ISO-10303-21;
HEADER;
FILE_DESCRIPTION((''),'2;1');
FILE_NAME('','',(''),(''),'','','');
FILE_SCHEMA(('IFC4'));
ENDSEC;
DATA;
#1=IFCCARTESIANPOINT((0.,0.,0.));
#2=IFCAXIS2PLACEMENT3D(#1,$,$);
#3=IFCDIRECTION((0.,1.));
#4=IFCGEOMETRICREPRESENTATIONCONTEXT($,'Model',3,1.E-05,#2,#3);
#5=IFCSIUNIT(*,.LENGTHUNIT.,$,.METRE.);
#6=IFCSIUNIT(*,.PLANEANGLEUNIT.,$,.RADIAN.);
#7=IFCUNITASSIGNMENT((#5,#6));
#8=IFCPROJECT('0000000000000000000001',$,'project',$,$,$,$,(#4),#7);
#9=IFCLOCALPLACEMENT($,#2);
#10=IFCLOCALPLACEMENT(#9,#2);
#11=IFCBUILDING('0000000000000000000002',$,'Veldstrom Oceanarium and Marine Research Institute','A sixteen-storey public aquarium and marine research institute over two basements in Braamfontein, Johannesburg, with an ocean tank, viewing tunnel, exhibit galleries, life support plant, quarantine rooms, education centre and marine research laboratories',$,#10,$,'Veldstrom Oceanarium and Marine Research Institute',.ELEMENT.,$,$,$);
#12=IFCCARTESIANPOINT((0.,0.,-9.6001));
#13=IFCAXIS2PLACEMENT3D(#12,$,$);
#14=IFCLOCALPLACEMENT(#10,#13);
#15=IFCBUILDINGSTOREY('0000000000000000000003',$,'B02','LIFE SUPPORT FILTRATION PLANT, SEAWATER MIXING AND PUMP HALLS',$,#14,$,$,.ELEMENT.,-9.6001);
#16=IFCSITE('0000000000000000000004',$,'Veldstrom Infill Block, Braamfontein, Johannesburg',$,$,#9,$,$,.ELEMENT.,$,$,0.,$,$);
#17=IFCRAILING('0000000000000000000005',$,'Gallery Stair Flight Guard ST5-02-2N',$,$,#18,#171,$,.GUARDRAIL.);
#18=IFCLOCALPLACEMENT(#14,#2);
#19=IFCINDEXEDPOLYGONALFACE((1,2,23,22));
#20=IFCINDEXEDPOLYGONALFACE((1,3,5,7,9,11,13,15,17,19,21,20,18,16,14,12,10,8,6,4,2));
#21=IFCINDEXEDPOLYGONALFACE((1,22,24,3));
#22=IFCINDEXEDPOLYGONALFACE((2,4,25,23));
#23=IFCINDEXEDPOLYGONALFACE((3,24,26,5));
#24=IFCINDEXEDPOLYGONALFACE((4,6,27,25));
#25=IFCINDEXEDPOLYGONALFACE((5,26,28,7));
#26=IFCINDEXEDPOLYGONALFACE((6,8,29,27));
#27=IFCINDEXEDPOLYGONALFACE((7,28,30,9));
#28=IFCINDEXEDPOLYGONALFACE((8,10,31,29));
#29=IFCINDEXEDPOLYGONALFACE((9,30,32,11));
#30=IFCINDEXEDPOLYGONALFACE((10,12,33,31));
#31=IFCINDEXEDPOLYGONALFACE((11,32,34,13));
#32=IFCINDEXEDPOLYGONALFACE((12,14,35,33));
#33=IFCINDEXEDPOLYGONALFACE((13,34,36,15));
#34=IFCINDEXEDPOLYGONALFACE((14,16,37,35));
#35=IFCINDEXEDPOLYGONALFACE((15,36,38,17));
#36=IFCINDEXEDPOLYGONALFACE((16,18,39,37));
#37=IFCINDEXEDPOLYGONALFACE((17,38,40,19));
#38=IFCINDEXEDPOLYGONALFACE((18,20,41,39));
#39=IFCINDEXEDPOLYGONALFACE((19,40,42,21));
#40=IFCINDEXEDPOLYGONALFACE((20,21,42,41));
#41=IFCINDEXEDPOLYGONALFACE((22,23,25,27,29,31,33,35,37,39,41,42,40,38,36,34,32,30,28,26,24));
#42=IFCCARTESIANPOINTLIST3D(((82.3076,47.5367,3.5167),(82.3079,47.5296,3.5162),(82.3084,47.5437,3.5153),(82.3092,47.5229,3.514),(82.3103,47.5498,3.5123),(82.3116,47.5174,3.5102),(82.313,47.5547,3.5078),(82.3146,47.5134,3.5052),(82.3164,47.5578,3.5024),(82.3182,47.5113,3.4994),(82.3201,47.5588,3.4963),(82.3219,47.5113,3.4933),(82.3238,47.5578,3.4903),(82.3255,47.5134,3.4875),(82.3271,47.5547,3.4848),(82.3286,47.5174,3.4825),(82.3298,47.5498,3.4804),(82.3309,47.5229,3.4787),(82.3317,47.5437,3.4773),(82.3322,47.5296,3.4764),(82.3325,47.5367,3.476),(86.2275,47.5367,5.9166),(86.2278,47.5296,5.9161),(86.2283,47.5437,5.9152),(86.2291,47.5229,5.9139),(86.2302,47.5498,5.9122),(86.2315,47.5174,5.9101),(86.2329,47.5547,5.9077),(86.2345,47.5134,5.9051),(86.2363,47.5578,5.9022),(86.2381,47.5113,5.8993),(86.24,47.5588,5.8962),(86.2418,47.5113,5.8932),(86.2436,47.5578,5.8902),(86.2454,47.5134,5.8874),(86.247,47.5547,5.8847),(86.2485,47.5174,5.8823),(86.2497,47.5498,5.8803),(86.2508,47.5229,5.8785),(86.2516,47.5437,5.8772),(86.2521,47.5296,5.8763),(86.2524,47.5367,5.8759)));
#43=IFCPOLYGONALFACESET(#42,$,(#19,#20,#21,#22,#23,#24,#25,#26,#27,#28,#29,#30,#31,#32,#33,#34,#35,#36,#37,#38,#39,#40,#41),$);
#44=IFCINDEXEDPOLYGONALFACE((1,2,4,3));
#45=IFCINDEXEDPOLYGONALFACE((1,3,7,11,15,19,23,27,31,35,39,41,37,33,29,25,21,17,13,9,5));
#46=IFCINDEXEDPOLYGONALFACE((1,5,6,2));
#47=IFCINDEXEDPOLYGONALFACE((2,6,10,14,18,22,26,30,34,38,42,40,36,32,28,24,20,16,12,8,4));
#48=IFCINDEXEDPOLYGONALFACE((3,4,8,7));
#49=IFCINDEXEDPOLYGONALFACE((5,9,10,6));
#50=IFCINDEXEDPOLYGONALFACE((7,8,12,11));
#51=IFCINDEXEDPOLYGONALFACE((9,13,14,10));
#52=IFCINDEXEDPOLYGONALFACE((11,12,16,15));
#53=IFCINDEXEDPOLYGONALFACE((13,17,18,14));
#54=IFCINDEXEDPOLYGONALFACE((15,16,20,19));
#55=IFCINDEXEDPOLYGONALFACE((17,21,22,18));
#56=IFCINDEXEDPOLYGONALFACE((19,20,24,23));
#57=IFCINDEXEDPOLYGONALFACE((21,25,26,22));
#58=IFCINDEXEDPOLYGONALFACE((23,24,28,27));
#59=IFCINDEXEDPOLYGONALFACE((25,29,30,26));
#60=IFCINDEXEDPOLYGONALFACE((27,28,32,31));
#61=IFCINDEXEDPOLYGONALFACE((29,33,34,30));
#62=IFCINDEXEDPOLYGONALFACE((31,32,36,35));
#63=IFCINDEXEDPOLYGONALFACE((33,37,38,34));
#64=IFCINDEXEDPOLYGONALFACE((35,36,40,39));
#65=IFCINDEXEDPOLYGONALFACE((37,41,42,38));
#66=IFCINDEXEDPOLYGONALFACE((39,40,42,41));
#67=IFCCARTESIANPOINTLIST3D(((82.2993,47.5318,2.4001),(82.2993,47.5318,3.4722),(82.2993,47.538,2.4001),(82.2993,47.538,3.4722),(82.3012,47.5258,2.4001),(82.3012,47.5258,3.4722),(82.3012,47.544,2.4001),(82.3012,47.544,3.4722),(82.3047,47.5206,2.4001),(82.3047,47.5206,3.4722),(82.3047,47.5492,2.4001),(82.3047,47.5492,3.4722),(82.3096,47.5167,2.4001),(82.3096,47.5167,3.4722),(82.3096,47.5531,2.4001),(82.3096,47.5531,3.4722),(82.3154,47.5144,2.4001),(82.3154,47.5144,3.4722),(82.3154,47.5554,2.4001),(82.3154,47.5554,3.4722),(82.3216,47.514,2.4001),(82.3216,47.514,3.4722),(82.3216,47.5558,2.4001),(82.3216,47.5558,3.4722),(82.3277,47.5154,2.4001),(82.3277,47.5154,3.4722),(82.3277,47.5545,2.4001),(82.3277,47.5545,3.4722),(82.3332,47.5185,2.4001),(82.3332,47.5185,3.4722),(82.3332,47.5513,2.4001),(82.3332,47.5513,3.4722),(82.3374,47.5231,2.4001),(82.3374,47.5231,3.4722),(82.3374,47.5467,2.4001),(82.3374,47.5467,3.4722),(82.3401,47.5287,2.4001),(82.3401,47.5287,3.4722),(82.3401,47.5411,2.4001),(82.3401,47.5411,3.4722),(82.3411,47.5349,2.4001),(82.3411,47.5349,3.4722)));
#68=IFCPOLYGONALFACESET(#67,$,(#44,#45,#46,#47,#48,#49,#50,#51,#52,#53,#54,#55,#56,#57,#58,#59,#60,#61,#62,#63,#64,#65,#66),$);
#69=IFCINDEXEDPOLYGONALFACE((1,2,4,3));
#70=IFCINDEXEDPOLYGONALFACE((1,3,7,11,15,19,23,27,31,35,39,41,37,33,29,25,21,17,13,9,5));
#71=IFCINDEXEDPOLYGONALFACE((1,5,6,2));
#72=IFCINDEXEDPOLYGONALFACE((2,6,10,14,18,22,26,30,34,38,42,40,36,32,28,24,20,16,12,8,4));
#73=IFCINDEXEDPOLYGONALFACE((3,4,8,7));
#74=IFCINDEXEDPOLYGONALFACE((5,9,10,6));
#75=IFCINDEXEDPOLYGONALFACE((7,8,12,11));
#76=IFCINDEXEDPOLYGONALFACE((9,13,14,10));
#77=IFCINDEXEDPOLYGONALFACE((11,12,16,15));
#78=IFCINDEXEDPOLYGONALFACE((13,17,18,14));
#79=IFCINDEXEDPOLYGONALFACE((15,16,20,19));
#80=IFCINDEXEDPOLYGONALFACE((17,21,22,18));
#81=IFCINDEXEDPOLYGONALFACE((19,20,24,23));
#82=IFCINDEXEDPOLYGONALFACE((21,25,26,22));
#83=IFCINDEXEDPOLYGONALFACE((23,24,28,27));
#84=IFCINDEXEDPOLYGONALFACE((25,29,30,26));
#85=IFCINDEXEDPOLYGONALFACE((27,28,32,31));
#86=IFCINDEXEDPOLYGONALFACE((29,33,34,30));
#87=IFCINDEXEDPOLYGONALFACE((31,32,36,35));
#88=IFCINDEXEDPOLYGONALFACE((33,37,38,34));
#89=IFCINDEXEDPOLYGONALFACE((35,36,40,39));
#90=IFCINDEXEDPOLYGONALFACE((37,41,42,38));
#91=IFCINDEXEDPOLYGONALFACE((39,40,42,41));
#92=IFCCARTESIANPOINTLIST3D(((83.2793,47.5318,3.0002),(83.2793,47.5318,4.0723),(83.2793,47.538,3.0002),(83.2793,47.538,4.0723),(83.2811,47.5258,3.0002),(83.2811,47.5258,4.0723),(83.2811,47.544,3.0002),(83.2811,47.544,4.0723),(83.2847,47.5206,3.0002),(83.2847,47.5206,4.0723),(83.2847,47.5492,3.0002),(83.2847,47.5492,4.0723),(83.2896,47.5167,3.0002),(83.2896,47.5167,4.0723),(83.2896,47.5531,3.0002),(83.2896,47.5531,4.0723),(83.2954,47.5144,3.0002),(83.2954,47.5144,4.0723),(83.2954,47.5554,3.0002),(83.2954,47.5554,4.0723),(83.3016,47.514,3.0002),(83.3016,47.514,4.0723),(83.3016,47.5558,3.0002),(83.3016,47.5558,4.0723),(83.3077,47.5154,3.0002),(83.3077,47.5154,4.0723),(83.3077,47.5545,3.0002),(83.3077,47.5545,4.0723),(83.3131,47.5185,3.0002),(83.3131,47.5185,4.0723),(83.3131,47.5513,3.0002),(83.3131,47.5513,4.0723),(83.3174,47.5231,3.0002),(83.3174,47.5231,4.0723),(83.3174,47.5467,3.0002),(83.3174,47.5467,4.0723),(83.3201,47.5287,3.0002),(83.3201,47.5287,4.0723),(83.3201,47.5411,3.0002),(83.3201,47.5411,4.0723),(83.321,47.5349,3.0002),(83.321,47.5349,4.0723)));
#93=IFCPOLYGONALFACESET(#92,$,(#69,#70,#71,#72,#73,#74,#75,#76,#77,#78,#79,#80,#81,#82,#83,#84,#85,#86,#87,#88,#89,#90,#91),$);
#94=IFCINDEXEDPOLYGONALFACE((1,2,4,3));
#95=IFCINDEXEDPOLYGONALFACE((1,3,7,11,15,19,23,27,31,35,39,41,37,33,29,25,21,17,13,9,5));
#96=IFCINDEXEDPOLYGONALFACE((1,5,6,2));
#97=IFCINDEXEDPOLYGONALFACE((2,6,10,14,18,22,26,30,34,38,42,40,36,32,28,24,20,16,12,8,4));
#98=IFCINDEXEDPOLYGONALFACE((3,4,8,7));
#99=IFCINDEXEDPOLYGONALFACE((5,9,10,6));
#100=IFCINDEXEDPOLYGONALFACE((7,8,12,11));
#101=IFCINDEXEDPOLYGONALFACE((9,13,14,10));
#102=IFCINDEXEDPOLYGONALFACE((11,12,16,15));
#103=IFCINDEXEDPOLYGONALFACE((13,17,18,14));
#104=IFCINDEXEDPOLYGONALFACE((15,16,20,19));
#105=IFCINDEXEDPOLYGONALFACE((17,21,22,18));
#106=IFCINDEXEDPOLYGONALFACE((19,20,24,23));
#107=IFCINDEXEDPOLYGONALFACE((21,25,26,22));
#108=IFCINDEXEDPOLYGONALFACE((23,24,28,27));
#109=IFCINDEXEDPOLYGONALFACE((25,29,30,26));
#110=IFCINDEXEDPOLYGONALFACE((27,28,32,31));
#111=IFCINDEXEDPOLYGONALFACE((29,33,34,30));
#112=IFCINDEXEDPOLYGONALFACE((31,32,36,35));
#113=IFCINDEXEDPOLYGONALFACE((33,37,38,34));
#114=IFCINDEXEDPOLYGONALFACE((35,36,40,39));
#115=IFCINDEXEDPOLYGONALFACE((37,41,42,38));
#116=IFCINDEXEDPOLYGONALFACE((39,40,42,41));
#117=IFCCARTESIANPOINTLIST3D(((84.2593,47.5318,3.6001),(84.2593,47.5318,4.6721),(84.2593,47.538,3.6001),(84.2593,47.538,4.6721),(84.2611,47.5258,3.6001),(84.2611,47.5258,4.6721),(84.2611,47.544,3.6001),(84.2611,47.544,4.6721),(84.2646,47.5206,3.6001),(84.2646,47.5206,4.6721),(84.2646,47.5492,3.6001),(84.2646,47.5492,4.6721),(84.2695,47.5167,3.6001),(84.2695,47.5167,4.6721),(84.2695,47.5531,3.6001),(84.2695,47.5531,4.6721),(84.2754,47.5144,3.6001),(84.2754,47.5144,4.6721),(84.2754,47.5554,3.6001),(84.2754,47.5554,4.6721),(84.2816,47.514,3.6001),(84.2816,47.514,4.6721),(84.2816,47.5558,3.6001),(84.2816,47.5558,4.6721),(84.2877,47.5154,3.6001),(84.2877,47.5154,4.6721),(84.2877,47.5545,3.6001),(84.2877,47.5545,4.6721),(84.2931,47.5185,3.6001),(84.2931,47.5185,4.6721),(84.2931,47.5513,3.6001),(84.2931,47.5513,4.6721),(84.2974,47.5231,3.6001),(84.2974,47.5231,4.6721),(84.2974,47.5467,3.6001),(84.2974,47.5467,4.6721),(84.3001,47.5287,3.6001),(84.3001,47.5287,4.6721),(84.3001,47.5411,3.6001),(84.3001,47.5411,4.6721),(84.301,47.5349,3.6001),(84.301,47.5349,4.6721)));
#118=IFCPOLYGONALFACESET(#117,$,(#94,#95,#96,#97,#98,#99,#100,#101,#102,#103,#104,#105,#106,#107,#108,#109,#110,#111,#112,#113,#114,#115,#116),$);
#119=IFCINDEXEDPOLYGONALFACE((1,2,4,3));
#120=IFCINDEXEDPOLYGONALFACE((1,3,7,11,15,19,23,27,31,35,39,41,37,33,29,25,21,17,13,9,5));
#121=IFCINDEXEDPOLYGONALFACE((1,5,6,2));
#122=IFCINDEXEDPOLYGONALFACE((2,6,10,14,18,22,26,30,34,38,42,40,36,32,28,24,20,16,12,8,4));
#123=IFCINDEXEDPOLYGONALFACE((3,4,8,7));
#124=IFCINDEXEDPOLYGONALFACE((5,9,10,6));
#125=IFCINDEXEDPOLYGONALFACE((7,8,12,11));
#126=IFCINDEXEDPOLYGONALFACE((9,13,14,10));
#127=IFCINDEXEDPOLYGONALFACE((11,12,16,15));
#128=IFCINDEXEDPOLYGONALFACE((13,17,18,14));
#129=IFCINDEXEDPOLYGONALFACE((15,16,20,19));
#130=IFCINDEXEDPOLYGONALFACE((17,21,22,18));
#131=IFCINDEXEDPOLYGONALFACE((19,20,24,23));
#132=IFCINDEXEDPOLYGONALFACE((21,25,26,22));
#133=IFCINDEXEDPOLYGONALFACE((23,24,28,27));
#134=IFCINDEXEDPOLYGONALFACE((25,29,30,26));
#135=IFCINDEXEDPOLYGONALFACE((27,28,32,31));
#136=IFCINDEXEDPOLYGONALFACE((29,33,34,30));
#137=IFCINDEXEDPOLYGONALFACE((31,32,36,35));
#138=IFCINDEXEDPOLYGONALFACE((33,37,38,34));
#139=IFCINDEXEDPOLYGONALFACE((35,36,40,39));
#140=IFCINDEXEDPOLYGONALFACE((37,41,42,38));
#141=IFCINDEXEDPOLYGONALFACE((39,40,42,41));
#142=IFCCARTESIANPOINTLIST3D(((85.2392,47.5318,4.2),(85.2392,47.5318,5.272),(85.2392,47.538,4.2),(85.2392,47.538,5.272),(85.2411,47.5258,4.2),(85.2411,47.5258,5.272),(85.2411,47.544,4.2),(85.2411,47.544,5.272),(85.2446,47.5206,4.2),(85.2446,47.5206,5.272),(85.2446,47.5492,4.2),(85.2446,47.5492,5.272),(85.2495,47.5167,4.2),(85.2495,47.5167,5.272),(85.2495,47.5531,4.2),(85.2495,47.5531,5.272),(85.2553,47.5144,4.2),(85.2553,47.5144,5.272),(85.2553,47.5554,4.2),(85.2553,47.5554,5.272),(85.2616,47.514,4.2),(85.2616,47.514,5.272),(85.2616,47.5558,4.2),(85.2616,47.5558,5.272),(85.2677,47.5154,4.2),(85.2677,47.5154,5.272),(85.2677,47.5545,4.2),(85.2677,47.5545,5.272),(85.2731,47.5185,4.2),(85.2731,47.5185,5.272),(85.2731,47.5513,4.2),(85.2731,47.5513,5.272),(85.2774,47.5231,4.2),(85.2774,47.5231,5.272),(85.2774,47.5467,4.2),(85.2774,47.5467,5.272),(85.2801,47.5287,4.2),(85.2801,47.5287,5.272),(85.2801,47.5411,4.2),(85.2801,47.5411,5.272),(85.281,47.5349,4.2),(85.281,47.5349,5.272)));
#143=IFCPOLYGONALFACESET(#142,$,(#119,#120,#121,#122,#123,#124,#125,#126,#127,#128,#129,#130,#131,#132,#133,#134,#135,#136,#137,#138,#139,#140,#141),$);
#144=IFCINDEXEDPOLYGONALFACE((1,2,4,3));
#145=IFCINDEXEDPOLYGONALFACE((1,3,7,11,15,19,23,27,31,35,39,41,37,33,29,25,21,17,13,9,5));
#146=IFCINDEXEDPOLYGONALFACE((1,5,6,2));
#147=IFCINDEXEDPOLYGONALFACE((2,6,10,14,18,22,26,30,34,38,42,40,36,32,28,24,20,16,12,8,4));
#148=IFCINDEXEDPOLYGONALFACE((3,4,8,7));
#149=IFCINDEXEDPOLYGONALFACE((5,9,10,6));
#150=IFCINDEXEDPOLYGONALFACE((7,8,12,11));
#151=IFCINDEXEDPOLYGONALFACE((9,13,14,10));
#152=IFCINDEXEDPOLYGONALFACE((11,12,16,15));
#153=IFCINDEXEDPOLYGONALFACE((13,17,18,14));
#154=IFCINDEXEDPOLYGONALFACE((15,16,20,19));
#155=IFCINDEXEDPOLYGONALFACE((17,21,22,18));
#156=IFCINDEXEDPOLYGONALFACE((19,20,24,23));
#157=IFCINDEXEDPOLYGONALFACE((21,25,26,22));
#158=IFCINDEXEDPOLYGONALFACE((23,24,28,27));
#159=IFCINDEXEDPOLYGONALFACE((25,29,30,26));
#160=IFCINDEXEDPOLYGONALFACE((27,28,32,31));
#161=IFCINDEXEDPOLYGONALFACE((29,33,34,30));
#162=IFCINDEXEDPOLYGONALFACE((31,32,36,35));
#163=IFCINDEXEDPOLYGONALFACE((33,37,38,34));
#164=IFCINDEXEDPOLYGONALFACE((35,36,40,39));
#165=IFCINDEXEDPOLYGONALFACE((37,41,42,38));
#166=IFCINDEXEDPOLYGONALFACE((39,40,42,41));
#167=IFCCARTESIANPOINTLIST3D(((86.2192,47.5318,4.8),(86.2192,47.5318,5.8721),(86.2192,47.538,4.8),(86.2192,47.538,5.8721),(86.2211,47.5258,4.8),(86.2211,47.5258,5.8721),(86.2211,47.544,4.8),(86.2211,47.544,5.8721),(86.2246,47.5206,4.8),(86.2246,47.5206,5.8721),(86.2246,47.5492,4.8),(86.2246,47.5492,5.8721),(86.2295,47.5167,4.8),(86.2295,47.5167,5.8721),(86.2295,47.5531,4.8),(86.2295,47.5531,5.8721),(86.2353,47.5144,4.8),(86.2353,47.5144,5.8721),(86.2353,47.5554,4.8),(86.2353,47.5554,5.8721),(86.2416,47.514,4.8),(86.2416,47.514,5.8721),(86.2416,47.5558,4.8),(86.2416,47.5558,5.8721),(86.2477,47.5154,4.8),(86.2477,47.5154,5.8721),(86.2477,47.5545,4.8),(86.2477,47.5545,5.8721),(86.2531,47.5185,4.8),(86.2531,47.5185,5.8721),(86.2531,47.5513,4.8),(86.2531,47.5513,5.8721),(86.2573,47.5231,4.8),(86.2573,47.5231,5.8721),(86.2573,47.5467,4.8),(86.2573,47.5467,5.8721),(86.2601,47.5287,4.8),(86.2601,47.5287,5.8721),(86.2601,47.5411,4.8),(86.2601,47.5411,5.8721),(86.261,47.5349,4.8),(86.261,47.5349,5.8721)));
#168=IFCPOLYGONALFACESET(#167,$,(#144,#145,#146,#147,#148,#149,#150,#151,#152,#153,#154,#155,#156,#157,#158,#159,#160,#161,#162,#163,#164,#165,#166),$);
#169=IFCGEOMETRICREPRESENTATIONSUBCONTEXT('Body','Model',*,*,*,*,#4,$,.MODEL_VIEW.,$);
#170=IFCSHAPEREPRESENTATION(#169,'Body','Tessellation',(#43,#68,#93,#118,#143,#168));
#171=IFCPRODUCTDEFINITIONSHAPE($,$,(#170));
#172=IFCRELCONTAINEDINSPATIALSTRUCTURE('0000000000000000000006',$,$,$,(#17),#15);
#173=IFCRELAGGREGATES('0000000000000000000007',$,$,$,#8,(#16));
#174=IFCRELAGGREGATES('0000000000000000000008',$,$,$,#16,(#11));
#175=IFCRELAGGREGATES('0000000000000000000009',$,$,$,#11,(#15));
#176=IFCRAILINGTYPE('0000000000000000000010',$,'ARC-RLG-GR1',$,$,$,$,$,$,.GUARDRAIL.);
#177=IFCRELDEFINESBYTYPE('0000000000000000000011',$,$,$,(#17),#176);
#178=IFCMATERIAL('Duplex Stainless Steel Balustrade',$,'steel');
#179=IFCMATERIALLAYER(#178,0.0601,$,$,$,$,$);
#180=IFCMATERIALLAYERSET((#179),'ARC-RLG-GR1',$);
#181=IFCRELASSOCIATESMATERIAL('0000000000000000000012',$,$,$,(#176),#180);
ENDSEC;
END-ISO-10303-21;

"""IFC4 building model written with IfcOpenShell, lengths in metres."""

from ifc_helpers import new_model, si_unit, direction, frame, origin, origin_2d, place, context, subcontext, project, spatial, circle, extrude, material, layer, layer_set, type_object, element, save


model = new_model("IFC4")

# Units and contexts
model_context = context("Model", 3, precision=1e-05, world=origin(), true_north=direction((0.0, 1.0)))
body_context = subcontext(model_context, "Body", "Model", "MODEL_VIEW")
ifc_project = project(units=[si_unit("LENGTHUNIT", "METRE"), si_unit("PLANEANGLEUNIT", "RADIAN")], contexts=[model_context])

# Site, building, storey
site_placement = place(None, origin())
site = spatial("IfcSite", under=ifc_project, at=site_placement, Name="Veldstrom Infill Block, Braamfontein, Johannesburg", CompositionType="ELEMENT", RefElevation=0.0)
building_placement = place(site_placement, origin())
building = spatial("IfcBuilding", under=site, at=building_placement, Name="Veldstrom Oceanarium and Marine Research Institute", Description="A sixteen-storey public aquarium and marine research institute over two basements in Braamfontein, Johannesburg, with an ocean tank, viewing tunnel, exhibit galleries, life support plant, quarantine rooms, education centre and marine research laboratories", LongName="Veldstrom Oceanarium and Marine Research Institute", CompositionType="ELEMENT")
storey_placement = place(building_placement, frame((0.0, 0.0, -9.6001)))
storey = spatial("IfcBuildingStorey", under=building, at=storey_placement, Name="B02", Description="LIFE SUPPORT FILTRATION PLANT, SEAWATER MIXING AND PUMP HALLS", CompositionType="ELEMENT", Elevation=-9.6001)

# Railing
ifc_material_1 = material(Name="Duplex Stainless Steel Balustrade", Category="steel")
ifc_layer_1 = layer(ifc_material_1, 0.0601)
ifc_layer_set_1 = layer_set([ifc_layer_1], Name="ARC-RLG-GR1")
railing_type = type_object("IfcRailingType", Name="ARC-RLG-GR1", PredefinedType="GUARDRAIL", material=ifc_layer_set_1)
railing_1_placement = place(storey_placement, frame((82.3201, 47.5349, 2.4001)))
element("IfcRailing", 1, at=railing_1_placement, inside=storey, type_object=railing_type, Name="Gallery Stair Flight Guard ST5-02-2N", PredefinedType="GUARDRAIL", context=body_context, shape_type="SweptSolid", body=[
    extrude(circle(Radius=0.0239, at=origin_2d()), frame((0.0, 0.0, 1.0962), z_axis=(0.852856, 0.0, 0.522146), x_axis=(0.0, 1.0, 0.0)), (0.0, 0.0, 1.0), 4.5962),
    extrude(circle(Radius=0.021, at=origin_2d()), origin(), (0.0, 0.0, 1.0), 1.072),
    extrude(circle(Radius=0.021, at=origin_2d()), frame((0.98, 0.0, 0.6001)), (0.0, 0.0, 1.0), 1.072),
    extrude(circle(Radius=0.021, at=origin_2d()), frame((1.96, 0.0, 1.2)), (0.0, 0.0, 1.0), 1.072),
    extrude(circle(Radius=0.021, at=origin_2d()), frame((2.9399, 0.0, 1.7998)), (0.0, 0.0, 1.0), 1.072),
    extrude(circle(Radius=0.021, at=origin_2d()), frame((3.9199, 0.0, 2.3999)), (0.0, 0.0, 1.0), 1.072),
])

save(model, "model.ifc")
